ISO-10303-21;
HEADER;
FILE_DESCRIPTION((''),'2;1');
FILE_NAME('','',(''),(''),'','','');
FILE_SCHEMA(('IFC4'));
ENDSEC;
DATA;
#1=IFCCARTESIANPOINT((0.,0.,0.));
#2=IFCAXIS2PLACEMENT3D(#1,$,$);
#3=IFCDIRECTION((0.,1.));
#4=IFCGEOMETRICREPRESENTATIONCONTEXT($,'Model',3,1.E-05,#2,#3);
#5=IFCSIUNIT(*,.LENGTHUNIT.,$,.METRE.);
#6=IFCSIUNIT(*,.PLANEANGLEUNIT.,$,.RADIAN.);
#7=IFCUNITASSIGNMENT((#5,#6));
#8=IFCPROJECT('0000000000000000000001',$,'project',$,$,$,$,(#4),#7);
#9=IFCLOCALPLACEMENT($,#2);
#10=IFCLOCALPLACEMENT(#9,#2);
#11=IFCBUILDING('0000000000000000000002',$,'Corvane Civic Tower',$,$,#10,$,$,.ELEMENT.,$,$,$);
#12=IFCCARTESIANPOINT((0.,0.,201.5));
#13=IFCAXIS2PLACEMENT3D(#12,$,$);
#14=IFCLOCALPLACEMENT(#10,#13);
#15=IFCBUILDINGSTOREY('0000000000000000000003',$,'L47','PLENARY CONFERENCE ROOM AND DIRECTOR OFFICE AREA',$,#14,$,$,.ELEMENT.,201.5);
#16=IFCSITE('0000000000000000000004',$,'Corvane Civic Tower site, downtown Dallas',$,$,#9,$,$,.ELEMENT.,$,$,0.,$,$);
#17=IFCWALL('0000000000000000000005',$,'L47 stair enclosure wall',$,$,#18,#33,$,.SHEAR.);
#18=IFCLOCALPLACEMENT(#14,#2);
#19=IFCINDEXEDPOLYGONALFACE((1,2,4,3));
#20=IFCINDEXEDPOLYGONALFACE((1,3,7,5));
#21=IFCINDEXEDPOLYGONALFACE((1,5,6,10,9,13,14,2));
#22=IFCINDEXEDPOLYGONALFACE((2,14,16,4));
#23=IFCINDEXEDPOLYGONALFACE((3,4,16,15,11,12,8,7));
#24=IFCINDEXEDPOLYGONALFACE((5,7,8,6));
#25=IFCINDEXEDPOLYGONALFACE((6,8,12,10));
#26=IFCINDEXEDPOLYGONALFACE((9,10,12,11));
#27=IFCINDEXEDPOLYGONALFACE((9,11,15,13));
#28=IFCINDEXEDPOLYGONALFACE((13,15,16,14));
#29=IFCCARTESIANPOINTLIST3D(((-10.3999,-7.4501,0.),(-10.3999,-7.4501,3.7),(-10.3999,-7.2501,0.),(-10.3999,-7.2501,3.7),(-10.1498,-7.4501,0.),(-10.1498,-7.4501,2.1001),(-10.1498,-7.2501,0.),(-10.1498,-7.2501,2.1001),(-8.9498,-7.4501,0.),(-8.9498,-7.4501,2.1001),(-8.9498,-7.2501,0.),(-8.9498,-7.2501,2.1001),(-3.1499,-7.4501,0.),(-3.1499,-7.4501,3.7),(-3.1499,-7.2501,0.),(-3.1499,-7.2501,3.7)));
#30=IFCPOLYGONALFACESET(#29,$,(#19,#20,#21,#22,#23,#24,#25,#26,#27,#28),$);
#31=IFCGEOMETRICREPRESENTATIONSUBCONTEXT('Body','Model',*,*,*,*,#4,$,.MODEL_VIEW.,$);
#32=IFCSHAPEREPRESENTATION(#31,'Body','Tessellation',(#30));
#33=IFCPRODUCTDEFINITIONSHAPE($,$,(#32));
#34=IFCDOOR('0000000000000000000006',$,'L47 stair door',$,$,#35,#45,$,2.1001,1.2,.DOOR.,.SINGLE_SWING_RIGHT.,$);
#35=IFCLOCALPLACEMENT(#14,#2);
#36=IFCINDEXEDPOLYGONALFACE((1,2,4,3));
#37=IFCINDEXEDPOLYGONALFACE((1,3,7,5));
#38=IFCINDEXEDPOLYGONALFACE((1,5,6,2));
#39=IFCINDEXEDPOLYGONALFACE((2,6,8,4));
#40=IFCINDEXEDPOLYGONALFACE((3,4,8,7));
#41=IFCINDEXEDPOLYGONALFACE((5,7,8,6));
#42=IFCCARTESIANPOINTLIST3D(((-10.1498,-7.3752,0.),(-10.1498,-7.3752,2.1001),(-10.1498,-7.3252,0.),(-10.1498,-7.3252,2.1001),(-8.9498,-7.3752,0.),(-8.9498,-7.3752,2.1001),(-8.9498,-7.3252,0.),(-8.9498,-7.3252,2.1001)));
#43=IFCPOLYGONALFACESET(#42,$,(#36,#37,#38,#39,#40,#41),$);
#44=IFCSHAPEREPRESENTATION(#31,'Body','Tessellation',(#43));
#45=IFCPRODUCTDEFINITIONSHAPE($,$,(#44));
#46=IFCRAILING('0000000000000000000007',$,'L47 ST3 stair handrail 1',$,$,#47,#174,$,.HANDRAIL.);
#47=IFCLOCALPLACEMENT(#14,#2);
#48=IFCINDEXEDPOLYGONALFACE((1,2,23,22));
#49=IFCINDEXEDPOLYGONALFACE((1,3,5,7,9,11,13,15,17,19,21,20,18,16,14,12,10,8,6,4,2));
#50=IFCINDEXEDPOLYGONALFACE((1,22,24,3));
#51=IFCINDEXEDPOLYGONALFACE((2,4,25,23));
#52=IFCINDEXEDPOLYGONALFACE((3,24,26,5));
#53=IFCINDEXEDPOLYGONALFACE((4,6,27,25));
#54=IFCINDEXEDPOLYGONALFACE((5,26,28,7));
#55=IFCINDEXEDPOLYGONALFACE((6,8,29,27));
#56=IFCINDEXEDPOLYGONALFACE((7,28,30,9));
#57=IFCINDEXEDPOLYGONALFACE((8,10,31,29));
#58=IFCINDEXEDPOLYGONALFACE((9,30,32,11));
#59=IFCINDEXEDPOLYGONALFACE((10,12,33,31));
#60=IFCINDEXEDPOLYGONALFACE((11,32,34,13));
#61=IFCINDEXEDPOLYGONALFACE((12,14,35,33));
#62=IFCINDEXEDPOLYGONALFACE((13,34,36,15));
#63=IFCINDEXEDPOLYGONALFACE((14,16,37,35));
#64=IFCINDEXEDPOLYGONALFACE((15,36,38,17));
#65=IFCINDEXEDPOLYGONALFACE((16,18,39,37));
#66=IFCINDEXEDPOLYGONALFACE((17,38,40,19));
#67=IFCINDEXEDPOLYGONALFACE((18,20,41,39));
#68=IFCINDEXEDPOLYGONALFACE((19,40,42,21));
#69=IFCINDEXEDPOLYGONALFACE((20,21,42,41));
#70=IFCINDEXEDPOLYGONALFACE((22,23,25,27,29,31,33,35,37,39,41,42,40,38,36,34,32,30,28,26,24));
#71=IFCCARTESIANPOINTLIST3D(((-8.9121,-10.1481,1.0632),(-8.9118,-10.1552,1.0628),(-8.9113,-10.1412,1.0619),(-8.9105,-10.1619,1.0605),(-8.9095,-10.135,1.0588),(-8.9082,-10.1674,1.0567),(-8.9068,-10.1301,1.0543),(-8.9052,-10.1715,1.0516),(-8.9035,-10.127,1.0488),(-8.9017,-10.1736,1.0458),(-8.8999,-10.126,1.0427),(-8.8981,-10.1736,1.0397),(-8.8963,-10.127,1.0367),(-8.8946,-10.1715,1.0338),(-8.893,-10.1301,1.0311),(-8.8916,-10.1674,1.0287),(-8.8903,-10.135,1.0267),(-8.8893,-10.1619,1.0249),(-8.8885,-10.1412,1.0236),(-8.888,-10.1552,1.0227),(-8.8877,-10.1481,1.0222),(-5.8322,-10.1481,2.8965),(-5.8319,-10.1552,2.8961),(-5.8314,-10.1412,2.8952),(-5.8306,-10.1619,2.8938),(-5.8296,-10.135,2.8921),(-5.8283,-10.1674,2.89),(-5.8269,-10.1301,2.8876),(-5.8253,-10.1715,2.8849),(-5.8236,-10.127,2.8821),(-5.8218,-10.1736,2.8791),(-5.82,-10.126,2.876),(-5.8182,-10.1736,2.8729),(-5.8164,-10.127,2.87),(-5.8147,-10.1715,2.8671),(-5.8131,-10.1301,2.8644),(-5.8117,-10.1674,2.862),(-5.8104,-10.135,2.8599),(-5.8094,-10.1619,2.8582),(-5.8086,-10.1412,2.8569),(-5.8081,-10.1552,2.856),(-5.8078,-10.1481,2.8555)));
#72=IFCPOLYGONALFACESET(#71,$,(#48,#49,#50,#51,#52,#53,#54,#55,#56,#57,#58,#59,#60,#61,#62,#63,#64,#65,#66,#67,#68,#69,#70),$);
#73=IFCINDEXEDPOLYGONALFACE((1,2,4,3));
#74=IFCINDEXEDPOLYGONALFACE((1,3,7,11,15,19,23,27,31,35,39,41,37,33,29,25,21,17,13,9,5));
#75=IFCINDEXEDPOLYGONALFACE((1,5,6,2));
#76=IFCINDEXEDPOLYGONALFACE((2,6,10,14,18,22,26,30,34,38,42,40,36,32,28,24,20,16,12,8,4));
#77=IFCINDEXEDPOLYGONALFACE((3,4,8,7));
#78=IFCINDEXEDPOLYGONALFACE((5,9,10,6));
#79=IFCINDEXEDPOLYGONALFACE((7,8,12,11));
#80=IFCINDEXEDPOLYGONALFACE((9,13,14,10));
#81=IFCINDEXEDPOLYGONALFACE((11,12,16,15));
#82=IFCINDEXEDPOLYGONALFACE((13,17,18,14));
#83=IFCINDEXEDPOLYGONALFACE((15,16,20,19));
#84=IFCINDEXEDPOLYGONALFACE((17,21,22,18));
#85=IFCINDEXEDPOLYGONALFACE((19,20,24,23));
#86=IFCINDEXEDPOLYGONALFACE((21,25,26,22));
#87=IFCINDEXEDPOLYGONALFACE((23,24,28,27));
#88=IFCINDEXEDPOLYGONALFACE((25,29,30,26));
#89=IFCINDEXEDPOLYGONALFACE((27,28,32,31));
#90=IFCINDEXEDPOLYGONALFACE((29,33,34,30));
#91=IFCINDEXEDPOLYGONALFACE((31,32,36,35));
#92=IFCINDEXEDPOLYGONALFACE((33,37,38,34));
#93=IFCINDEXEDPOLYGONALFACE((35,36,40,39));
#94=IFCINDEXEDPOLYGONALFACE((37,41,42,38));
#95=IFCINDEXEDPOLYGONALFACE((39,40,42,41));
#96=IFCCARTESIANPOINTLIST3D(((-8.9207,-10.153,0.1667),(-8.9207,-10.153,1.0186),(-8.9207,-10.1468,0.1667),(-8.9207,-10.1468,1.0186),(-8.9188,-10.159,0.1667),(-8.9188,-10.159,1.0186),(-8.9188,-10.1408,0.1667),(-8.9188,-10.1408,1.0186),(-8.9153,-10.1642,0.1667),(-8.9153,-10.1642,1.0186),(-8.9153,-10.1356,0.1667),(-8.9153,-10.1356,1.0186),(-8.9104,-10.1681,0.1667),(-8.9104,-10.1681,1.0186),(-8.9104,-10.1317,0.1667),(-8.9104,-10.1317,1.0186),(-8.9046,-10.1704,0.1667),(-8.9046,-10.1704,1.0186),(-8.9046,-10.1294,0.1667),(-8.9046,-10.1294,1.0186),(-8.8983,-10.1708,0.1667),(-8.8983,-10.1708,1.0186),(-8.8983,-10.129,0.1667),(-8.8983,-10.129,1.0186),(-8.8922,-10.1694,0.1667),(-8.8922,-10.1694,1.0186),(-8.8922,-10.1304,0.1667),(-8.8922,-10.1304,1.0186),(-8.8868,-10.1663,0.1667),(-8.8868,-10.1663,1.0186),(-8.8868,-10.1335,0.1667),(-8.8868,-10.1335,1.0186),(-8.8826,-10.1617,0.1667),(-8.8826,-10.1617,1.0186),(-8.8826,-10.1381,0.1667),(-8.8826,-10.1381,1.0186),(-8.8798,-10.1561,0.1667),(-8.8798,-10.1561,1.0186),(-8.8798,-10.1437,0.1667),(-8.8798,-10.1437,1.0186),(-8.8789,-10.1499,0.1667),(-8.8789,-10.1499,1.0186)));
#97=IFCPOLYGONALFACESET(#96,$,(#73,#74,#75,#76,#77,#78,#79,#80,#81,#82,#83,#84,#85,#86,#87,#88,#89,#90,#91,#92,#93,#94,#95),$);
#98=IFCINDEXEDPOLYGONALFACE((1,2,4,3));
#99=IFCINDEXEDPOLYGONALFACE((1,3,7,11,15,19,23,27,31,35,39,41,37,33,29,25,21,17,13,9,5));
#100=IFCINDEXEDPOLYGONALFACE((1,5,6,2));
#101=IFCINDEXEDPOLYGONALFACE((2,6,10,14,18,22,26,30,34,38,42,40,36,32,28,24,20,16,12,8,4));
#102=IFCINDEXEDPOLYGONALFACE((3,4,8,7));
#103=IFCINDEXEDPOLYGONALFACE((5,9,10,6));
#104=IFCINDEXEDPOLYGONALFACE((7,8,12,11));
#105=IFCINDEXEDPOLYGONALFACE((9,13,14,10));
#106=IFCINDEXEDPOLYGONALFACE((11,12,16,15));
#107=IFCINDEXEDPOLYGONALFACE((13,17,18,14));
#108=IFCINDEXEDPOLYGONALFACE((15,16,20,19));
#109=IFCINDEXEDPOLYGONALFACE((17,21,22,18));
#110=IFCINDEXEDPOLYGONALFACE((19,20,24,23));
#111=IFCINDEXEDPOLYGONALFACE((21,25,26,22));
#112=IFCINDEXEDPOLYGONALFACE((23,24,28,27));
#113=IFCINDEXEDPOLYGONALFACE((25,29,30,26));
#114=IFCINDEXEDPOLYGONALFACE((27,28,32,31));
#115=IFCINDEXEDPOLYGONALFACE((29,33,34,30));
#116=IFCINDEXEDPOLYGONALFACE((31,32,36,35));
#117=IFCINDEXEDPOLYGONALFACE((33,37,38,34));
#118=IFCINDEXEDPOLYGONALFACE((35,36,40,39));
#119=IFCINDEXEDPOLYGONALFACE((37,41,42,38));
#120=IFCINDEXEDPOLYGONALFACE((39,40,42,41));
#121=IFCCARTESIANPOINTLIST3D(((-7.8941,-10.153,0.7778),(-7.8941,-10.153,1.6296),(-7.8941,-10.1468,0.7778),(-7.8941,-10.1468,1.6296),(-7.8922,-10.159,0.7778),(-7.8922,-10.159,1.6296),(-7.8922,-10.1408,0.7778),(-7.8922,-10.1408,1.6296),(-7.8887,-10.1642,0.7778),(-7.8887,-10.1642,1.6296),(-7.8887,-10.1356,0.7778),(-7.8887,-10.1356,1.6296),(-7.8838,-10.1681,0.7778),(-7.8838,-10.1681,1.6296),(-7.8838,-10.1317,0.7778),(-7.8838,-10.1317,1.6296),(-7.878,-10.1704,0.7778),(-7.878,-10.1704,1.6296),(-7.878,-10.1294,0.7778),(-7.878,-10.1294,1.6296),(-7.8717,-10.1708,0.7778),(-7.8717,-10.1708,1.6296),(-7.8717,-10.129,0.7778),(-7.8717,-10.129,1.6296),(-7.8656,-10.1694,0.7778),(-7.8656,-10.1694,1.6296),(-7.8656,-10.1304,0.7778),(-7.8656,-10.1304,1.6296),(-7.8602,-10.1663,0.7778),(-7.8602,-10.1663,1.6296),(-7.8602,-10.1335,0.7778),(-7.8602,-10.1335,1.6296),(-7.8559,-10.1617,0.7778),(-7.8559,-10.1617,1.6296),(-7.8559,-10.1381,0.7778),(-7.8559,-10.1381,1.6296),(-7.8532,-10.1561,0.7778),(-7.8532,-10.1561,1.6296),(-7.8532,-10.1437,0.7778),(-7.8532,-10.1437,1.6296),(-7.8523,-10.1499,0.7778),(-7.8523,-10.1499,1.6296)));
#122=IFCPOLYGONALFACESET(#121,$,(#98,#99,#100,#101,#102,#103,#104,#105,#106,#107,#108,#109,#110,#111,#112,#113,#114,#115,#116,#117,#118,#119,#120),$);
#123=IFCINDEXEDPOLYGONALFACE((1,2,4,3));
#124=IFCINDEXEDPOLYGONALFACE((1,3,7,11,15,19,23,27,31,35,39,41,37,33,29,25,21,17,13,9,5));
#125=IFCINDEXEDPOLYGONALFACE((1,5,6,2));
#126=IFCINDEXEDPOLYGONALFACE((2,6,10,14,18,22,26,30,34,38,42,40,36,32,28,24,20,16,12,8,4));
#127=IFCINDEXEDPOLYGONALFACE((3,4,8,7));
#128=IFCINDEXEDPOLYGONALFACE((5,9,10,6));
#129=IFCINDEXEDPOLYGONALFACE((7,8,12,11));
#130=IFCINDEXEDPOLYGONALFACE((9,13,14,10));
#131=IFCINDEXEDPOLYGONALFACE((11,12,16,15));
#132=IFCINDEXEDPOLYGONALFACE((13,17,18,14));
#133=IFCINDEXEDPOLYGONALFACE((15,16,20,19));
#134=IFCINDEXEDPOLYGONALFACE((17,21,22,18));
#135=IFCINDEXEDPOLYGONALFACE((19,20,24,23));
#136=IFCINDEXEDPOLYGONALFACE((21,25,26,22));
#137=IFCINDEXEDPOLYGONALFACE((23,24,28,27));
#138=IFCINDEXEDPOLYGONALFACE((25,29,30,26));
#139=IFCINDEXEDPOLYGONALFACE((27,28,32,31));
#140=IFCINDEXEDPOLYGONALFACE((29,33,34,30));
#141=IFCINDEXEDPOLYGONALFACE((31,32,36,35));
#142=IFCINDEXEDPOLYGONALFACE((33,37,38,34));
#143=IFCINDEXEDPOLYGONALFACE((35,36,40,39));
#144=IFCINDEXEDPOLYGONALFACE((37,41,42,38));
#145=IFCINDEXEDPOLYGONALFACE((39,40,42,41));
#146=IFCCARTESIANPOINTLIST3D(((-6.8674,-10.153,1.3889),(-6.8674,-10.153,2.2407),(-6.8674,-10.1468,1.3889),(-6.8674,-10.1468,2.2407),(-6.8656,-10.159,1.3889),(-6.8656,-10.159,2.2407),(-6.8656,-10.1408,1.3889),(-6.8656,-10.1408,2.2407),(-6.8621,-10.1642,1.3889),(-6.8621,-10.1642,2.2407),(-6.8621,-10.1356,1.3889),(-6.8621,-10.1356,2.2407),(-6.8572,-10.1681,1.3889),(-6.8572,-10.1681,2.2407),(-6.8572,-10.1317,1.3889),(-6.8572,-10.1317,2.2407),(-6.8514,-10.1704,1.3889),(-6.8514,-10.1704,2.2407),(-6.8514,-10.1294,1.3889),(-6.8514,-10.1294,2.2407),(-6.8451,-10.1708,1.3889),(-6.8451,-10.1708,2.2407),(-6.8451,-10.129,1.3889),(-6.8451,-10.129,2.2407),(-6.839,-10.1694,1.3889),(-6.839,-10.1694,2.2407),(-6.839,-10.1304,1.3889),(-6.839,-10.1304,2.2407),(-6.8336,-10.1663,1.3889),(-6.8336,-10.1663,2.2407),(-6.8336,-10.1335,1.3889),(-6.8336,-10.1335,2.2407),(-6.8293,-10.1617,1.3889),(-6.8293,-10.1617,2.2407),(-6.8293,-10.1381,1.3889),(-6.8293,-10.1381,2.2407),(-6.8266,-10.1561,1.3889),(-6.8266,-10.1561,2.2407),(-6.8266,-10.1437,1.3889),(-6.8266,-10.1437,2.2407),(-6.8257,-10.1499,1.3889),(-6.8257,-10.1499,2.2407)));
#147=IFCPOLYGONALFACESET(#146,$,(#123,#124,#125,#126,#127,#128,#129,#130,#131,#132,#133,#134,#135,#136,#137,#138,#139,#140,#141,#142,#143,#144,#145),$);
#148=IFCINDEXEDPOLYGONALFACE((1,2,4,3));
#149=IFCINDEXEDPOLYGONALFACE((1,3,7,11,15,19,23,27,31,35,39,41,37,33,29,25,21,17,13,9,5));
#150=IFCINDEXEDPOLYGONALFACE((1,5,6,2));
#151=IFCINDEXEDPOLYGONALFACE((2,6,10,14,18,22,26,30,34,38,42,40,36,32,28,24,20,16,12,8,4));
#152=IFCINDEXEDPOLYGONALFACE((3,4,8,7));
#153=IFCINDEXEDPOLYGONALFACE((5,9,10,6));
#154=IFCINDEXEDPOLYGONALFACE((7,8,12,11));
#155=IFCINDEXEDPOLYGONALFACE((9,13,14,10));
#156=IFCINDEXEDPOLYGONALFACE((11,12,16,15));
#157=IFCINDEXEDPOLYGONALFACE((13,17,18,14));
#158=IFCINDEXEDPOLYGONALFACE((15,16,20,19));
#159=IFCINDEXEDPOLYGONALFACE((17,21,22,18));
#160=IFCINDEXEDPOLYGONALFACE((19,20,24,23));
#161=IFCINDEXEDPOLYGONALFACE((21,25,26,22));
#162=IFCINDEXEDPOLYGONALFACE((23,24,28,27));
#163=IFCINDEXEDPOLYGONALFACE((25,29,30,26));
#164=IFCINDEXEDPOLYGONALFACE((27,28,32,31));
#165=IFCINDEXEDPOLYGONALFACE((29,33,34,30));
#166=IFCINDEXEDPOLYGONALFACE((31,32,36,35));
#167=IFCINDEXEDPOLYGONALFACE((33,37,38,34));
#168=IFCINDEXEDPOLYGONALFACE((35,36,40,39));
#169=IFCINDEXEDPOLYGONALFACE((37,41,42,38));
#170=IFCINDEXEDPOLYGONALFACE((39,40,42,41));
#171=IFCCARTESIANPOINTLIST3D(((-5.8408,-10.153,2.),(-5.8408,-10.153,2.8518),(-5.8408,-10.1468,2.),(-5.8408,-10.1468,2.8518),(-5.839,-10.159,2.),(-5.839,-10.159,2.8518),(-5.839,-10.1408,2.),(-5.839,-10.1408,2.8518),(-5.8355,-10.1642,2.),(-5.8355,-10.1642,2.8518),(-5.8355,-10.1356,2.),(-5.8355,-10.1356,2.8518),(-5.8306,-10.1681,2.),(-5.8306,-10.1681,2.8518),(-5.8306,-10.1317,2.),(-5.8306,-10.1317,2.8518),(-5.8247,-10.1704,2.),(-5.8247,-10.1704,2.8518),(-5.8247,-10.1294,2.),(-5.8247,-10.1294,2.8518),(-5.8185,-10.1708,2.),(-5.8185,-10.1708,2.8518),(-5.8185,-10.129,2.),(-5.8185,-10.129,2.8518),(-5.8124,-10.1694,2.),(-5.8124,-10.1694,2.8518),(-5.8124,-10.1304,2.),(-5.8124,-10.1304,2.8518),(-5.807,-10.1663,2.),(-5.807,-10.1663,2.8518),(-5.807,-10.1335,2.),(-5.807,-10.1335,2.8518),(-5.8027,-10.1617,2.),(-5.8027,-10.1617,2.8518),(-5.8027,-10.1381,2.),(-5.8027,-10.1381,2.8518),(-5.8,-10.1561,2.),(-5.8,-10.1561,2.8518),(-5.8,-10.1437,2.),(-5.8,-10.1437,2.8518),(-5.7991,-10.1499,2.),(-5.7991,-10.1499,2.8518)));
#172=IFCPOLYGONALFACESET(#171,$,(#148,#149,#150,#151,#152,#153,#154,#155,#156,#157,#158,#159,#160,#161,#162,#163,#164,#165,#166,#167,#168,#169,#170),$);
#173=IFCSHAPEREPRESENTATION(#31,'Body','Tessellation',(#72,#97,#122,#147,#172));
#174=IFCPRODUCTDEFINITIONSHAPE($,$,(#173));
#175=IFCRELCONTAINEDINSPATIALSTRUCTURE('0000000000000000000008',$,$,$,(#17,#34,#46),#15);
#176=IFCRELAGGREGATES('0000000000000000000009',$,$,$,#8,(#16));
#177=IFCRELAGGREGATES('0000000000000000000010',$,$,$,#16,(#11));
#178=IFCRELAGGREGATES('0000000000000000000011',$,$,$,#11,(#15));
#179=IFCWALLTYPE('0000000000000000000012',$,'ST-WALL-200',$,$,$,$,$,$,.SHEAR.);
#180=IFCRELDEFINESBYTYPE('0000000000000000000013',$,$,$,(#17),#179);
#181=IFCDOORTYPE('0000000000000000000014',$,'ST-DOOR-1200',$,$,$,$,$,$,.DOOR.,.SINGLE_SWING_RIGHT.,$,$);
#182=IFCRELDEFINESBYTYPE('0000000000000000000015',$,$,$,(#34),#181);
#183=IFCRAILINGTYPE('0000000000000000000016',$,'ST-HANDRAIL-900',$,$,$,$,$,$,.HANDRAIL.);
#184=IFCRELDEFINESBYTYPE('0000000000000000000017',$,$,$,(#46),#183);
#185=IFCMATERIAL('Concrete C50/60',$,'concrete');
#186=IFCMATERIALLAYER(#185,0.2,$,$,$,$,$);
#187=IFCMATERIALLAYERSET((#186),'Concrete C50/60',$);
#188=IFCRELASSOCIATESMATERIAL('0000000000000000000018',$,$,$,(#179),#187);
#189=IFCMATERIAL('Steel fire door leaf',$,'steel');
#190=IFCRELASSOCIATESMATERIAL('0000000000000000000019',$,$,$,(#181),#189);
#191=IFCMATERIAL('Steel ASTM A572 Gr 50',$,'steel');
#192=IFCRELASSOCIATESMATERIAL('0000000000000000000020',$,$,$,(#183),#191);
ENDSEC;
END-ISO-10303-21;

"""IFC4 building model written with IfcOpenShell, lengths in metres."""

from ifc_helpers import new_model, si_unit, direction, frame, frame_2d, origin, origin_2d, place, context, subcontext, project, spatial, rectangle, circle, extrude, material, layer, layer_set, type_object, element, fill, save


model = new_model("IFC4")

# Units and contexts
model_context = context("Model", 3, precision=1e-05, world=origin(), true_north=direction((0.0, 1.0)))
body_context = subcontext(model_context, "Body", "Model", "MODEL_VIEW")
ifc_project = project(units=[si_unit("LENGTHUNIT", "METRE"), si_unit("PLANEANGLEUNIT", "RADIAN")], contexts=[model_context])

# Site, building, storey
site_placement = place(None, origin())
site = spatial("IfcSite", under=ifc_project, at=site_placement, Name="Corvane Civic Tower site, downtown Dallas", CompositionType="ELEMENT", RefElevation=0.0)
building_placement = place(site_placement, origin())
building = spatial("IfcBuilding", under=site, at=building_placement, Name="Corvane Civic Tower", CompositionType="ELEMENT")
storey_placement = place(building_placement, frame((0.0, 0.0, 201.5)))
storey = spatial("IfcBuildingStorey", under=building, at=storey_placement, Name="L47", Description="PLENARY CONFERENCE ROOM AND DIRECTOR OFFICE AREA", CompositionType="ELEMENT", Elevation=201.5)

# Wall, opening, door
ifc_material_1 = material(Name="Concrete C50/60", Category="concrete")
ifc_layer_1 = layer(ifc_material_1, 0.2)
ifc_layer_set_1 = layer_set([ifc_layer_1], Name="Concrete C50/60")
wall_type_1 = type_object("IfcWallType", Name="ST-WALL-200", PredefinedType="SHEAR", material=ifc_layer_set_1)
wall_1_placement = place(storey_placement, frame((-10.3999, -7.3501, 0.0), z_axis=(0.0, 0.0, 1.0), x_axis=(1.0, 0.0, 0.0)))
wall_1 = element("IfcWall", 1, at=wall_1_placement, inside=storey, type_object=wall_type_1, Name="L47 stair enclosure wall", PredefinedType="SHEAR", context=body_context, shape_type="SweptSolid", body=[
    extrude(rectangle(XDim=7.25, YDim=0.2, at=frame_2d((3.625, 0.0))), origin(), (0.0, 0.0, 1.0), 3.7),
])
opening_1_placement = place(wall_1_placement, frame((0.25, 0.0, 0.0)))
opening_1 = element("IfcOpeningElement", 2, at=opening_1_placement, cuts=wall_1, PredefinedType="OPENING", context=body_context, shape_type="SweptSolid", body=[
    extrude(rectangle(XDim=1.2, YDim=2.1001, at=frame_2d((0.6001, 1.05))), frame((0.0, 0.1099, 0.0), z_axis=(0.0, -1.0, 0.0), x_axis=(1.0, 0.0, 0.0)), (0.0, 0.0, 1.0), 0.22),
])
ifc_material_2 = material(Name="Steel fire door leaf", Category="steel")
door_type_1 = type_object("IfcDoorType", Name="ST-DOOR-1200", OperationType="SINGLE_SWING_RIGHT", PredefinedType="DOOR", material=ifc_material_2)
door_1_placement = place(opening_1_placement, origin())
door_1 = element("IfcDoor", 3, at=door_1_placement, inside=storey, type_object=door_type_1, Name="L47 stair door", OperationType="SINGLE_SWING_RIGHT", OverallHeight=2.1001, OverallWidth=1.2, PredefinedType="DOOR", context=body_context, shape_type="SweptSolid", body=[
    extrude(rectangle(XDim=1.2, YDim=2.1001, at=frame_2d((0.6001, 1.05))), frame((0.0, 0.0249, 0.0), z_axis=(0.0, -1.0, 0.0), x_axis=(1.0, 0.0, 0.0)), (0.0, 0.0, 1.0), 0.05),
])
fill(opening_1, door_1)

# Railing
ifc_material_3 = material(Name="Steel ASTM A572 Gr 50", Category="steel")
railing_type_1 = type_object("IfcRailingType", Name="ST-HANDRAIL-900", PredefinedType="HANDRAIL", material=ifc_material_3)
railing_1_placement = place(storey_placement, frame((-8.8999, -10.1499, 0.1667)))
element("IfcRailing", 4, at=railing_1_placement, inside=storey, type_object=railing_type_1, Name="L47 ST3 stair handrail 1", PredefinedType="HANDRAIL", context=body_context, shape_type="SweptSolid", body=[
    extrude(circle(Radius=0.0239, at=origin_2d()), frame((0.0, 0.0, 0.876), z_axis=(0.859291, 0.0, 0.511487), x_axis=(0.0, 1.0, 0.0)), (0.0, 0.0, 1.0), 3.5842),
    extrude(circle(Radius=0.021, at=origin_2d()), origin(), (0.0, 0.0, 1.0), 0.8518),
    extrude(circle(Radius=0.021, at=origin_2d()), frame((1.0266, 0.0, 0.6111)), (0.0, 0.0, 1.0), 0.8518),
    extrude(circle(Radius=0.021, at=origin_2d()), frame((2.0532, 0.0, 1.2222)), (0.0, 0.0, 1.0), 0.8518),
    extrude(circle(Radius=0.021, at=origin_2d()), frame((3.0798, 0.0, 1.8333)), (0.0, 0.0, 1.0), 0.8518),
])

save(model, "model.ifc")
